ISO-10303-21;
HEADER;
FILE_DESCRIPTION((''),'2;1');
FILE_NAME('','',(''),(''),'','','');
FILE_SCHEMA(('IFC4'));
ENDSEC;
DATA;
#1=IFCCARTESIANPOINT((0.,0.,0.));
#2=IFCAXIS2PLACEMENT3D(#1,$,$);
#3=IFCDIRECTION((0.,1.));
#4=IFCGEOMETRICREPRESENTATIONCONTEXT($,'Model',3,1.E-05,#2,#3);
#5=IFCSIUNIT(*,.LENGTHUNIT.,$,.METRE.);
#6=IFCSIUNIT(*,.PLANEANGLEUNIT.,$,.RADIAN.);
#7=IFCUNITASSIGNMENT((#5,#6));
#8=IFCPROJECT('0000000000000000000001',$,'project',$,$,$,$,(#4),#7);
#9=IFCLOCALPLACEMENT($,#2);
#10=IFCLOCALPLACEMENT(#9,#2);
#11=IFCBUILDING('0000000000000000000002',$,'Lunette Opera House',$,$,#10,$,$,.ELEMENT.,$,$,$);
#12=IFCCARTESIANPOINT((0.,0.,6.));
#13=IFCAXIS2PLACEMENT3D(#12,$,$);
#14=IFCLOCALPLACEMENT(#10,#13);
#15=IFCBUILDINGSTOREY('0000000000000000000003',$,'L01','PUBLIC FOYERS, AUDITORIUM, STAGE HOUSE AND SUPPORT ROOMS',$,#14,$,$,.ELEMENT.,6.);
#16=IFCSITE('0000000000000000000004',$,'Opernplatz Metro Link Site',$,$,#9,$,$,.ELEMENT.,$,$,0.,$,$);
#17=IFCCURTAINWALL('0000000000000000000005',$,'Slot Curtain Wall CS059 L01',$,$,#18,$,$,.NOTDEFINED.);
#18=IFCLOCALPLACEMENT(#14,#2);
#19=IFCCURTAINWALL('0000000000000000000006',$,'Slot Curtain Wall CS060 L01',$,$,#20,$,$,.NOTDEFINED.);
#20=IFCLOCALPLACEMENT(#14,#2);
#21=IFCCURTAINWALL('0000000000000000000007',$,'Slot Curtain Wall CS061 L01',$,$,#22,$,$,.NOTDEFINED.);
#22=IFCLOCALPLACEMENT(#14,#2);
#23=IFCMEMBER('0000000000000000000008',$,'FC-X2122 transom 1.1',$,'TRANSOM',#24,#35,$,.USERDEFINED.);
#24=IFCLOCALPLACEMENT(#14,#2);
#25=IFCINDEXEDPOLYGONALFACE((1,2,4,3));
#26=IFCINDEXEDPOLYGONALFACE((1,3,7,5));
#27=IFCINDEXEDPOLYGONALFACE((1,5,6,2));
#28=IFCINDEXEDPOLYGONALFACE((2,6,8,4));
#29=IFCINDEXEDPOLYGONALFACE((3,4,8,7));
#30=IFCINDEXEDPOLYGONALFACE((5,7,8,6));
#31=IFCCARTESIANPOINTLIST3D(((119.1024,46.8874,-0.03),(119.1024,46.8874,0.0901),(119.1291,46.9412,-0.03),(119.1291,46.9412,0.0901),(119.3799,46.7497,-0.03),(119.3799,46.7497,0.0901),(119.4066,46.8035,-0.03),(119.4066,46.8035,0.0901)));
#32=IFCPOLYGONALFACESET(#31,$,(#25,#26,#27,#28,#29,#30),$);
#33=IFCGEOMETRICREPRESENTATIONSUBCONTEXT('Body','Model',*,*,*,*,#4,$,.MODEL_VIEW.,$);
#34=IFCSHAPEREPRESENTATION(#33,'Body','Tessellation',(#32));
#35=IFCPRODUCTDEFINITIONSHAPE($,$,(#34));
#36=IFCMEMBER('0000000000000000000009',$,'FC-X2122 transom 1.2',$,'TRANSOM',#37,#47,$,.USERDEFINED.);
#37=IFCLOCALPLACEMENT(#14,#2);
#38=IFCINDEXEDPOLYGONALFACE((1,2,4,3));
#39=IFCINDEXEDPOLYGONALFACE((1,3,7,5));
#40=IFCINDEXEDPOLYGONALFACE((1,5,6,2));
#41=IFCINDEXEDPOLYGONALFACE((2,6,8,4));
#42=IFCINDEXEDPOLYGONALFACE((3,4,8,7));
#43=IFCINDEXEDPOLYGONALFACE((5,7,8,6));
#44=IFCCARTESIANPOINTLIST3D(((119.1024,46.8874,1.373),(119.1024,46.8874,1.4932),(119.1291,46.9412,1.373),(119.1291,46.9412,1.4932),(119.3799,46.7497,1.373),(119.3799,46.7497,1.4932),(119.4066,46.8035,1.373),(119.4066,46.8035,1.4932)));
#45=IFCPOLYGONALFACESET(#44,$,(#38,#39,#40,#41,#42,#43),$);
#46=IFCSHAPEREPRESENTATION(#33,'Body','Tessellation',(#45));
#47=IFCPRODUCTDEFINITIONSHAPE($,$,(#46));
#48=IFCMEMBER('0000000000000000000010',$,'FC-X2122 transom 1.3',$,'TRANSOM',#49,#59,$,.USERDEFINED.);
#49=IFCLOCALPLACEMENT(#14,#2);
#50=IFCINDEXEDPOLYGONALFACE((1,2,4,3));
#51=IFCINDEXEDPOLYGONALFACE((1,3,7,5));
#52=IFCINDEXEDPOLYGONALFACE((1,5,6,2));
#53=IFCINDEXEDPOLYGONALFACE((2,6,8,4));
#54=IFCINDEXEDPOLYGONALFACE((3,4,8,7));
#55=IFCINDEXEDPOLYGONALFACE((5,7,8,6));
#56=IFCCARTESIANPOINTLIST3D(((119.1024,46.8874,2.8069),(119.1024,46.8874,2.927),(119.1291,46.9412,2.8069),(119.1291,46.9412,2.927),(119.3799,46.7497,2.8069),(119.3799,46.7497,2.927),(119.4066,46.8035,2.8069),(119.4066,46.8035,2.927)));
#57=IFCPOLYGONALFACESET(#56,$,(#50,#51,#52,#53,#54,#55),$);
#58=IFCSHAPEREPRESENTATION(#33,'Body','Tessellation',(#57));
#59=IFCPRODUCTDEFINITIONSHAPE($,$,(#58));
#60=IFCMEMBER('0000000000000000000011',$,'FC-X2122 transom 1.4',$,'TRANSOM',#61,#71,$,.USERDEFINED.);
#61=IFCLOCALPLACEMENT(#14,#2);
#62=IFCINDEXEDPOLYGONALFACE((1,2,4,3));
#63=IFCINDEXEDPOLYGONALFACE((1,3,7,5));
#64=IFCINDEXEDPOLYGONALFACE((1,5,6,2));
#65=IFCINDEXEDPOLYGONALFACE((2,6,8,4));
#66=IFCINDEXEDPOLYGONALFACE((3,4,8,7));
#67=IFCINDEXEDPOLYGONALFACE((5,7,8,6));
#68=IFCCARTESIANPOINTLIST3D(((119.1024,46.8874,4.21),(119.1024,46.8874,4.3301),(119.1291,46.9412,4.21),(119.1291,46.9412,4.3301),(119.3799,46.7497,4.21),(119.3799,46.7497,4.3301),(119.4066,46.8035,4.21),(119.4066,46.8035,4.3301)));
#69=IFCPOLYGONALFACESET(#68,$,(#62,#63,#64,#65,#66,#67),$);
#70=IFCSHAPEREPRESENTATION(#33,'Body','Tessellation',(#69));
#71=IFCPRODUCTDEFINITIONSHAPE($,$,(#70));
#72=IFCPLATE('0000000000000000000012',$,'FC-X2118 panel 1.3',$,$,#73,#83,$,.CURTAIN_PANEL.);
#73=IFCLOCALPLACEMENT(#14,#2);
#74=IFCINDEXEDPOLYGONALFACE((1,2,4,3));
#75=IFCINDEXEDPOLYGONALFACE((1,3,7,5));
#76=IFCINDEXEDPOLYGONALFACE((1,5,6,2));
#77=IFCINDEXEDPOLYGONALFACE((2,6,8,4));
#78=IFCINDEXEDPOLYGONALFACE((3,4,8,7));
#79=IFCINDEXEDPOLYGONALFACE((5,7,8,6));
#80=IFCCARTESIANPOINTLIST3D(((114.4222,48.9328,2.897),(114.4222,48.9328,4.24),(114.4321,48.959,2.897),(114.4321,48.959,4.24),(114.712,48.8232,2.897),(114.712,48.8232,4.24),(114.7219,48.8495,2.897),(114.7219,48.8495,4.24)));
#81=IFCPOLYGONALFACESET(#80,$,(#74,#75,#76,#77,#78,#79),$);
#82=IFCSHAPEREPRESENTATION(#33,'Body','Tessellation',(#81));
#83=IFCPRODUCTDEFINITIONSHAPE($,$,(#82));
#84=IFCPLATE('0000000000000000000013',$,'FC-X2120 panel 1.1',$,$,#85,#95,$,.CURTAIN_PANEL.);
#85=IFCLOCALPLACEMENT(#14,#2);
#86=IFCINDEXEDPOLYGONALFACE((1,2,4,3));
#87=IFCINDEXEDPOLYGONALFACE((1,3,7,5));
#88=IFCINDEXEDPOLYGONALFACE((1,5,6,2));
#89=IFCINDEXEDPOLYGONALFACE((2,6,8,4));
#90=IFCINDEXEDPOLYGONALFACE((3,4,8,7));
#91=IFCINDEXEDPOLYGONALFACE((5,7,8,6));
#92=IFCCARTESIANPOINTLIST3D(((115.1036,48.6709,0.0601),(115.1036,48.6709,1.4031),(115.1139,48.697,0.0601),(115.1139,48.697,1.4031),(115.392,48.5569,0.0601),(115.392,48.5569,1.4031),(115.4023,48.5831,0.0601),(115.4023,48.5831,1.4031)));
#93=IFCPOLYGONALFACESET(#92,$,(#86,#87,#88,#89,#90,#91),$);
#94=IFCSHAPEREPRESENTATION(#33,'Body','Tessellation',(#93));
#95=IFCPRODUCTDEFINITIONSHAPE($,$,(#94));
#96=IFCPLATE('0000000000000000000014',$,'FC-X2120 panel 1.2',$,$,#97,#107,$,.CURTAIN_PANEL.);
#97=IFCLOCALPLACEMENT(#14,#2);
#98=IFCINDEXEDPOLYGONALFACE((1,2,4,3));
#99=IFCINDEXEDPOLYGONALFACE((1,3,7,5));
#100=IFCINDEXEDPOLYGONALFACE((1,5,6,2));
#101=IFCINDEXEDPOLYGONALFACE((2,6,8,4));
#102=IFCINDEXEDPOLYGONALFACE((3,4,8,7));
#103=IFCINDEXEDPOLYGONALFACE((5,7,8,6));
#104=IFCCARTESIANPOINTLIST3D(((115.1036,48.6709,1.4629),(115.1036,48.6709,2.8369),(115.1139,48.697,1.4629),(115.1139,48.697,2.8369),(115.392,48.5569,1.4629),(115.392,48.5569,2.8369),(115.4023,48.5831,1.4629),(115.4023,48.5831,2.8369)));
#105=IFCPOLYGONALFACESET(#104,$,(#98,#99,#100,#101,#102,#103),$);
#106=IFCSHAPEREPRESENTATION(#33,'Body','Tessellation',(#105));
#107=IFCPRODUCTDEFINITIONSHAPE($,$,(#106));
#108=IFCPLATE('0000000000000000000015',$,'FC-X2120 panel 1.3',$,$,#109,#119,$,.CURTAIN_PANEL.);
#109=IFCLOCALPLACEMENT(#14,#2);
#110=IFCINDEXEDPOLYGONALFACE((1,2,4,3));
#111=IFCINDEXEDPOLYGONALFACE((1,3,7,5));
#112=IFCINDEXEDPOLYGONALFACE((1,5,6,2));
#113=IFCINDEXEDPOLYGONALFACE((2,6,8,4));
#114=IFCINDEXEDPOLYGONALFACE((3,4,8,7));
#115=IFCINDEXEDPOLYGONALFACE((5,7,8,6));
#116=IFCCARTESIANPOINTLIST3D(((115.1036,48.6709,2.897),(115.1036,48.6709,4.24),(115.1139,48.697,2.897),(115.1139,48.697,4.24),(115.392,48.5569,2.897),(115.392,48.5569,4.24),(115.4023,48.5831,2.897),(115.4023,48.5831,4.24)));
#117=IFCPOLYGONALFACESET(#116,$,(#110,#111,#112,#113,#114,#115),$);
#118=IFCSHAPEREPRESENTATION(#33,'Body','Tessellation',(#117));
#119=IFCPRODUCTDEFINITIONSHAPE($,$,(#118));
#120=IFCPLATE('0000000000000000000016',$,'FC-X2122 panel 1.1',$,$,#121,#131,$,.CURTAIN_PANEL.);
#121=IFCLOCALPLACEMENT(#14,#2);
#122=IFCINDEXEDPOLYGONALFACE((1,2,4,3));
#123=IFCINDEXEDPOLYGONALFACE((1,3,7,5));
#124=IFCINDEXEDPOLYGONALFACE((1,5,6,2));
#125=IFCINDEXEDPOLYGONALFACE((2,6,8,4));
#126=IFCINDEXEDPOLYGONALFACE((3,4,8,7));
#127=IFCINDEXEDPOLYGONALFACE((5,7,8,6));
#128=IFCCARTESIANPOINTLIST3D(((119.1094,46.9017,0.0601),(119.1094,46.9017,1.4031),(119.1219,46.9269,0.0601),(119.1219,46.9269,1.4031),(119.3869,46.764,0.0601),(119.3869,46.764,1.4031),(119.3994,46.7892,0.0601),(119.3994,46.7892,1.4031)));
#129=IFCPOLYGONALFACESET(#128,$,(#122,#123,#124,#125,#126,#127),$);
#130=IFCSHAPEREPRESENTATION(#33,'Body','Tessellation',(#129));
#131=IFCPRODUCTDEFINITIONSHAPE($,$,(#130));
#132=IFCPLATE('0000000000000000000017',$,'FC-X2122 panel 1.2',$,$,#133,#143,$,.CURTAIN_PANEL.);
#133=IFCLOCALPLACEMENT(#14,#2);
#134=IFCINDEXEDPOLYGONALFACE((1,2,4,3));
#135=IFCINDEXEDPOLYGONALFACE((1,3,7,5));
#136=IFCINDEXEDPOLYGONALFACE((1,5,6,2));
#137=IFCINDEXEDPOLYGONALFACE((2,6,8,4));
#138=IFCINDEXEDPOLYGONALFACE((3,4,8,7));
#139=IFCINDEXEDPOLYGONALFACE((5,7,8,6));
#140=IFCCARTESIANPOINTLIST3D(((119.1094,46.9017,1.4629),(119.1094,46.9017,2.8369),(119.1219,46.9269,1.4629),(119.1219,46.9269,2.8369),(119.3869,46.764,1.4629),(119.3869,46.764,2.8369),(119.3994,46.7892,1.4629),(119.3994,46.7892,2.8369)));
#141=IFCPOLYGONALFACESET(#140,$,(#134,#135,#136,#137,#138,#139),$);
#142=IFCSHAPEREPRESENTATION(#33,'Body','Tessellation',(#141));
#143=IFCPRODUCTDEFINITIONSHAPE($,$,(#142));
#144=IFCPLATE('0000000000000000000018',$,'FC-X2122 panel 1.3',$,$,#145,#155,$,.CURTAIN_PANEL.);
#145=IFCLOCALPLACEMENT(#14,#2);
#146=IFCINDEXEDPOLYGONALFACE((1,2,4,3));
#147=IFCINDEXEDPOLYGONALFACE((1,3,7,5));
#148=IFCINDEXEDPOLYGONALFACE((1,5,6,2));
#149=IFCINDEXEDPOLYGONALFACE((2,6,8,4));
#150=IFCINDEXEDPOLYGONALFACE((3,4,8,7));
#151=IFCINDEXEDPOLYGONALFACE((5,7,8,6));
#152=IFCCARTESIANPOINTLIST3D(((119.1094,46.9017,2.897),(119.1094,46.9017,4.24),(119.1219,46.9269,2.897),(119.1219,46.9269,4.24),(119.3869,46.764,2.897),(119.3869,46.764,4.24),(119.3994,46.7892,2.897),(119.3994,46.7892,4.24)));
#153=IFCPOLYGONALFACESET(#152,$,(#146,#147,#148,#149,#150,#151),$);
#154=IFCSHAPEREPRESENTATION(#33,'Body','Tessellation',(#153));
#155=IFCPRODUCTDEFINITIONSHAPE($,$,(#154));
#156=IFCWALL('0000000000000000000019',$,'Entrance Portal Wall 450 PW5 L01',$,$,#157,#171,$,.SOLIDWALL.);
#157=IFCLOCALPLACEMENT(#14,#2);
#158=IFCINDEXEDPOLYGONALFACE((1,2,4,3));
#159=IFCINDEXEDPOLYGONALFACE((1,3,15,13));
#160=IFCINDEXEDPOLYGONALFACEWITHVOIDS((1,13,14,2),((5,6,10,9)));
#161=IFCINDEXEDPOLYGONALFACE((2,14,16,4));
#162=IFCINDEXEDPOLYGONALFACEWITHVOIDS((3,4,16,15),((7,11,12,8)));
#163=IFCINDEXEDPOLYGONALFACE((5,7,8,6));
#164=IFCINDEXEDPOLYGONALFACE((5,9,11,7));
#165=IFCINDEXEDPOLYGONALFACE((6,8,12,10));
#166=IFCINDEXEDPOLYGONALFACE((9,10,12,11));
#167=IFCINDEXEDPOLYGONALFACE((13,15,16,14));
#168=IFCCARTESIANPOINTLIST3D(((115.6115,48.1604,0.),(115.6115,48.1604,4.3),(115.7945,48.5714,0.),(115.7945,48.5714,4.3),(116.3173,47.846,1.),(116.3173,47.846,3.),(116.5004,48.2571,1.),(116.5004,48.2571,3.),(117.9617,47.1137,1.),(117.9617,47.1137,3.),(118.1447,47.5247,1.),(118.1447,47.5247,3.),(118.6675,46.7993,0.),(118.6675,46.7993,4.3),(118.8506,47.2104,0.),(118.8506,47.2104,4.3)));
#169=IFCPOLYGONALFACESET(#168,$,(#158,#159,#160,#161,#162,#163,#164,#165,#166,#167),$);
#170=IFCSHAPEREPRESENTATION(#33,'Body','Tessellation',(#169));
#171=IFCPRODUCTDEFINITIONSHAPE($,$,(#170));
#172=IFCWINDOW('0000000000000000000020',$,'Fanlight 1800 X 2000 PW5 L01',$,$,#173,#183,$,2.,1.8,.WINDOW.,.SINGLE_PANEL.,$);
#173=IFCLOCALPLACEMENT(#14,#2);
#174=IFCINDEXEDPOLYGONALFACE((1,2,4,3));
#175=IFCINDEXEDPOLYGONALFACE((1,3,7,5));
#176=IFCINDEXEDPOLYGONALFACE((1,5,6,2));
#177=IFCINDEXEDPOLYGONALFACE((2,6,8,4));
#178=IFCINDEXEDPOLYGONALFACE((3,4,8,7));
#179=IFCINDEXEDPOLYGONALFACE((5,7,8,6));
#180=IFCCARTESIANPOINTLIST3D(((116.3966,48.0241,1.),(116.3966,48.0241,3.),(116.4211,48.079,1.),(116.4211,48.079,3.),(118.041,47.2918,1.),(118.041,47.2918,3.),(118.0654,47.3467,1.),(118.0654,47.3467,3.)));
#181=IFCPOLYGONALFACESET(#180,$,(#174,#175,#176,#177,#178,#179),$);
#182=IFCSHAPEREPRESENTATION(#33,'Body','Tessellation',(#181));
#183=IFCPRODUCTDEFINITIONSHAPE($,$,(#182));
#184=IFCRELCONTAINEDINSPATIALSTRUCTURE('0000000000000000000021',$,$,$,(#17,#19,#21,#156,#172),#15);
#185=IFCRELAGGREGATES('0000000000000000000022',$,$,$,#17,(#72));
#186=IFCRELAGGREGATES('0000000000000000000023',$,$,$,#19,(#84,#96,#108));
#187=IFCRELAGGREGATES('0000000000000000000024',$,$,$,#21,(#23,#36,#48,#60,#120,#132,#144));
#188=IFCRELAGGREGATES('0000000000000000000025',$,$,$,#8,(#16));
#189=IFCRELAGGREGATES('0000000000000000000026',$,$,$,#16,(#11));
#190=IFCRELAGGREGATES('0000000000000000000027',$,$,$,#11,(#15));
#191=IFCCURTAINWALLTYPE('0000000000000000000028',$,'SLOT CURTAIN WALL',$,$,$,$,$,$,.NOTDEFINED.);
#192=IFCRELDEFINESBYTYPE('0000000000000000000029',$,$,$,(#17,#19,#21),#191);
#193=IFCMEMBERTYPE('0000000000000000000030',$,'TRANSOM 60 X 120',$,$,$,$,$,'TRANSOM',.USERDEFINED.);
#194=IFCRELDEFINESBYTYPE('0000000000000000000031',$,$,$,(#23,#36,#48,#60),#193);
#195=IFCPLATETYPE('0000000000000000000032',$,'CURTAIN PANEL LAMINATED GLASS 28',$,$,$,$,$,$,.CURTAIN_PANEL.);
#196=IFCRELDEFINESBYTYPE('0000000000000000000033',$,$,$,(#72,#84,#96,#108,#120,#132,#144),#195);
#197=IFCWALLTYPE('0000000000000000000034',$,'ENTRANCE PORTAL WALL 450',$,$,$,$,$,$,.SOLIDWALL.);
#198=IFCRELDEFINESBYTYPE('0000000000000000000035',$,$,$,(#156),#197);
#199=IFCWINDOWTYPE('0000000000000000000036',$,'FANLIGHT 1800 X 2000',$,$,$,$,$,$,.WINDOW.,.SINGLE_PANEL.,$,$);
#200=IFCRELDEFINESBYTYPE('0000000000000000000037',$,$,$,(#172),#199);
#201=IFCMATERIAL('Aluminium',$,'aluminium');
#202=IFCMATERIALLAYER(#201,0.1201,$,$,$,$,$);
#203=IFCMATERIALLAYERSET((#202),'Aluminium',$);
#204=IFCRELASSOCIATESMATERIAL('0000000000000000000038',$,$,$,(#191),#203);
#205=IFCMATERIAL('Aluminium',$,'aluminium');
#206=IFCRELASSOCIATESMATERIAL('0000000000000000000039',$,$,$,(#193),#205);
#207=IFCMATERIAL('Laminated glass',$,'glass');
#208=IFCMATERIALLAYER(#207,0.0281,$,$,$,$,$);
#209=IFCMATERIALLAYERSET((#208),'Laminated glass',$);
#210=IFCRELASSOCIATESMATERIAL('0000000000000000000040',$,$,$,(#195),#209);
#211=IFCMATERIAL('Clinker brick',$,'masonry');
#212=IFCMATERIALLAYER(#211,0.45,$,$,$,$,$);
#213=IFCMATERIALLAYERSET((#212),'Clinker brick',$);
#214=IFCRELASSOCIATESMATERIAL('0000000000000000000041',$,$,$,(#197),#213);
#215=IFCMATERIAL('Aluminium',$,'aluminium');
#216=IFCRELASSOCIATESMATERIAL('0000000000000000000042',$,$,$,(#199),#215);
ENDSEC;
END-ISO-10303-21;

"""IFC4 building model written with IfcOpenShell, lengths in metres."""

from ifc_helpers import new_model, si_unit, direction, frame, frame_2d, origin, origin_2d, place, context, subcontext, project, spatial, rectangle, extrude, material, layer, layer_set, material_profile, profile_set, type_object, element, fill, aggregate, save


model = new_model("IFC4")

# Units and contexts
model_context = context("Model", 3, precision=1e-05, world=origin(), true_north=direction((0.0, 1.0)))
body_context = subcontext(model_context, "Body", "Model", "MODEL_VIEW")
ifc_project = project(units=[si_unit("LENGTHUNIT", "METRE"), si_unit("PLANEANGLEUNIT", "RADIAN")], contexts=[model_context])

# Site, building, storey
site_placement = place(None, origin())
site = spatial("IfcSite", under=ifc_project, at=site_placement, Name="Opernplatz Metro Link Site", CompositionType="ELEMENT", RefElevation=0.0)
building_placement = place(site_placement, origin())
building = spatial("IfcBuilding", under=site, at=building_placement, Name="Lunette Opera House", CompositionType="ELEMENT")
storey_placement = place(building_placement, frame((0.0, 0.0, 6.0)))
storey = spatial("IfcBuildingStorey", under=building, at=storey_placement, Name="L01", Description="PUBLIC FOYERS, AUDITORIUM, STAGE HOUSE AND SUPPORT ROOMS", CompositionType="ELEMENT", Elevation=6.0)

# Curtain wall
ifc_material_1 = material(Name="Aluminium", Category="aluminium")
ifc_layer_1 = layer(ifc_material_1, 0.1201)
ifc_layer_set_1 = layer_set([ifc_layer_1], Name="Aluminium")
curtain_wall_type = type_object("IfcCurtainWallType", Name="SLOT CURTAIN WALL", PredefinedType="NOTDEFINED", material=ifc_layer_set_1)
curtain_wall_1_placement = place(storey_placement, origin())
curtain_wall_1 = element("IfcCurtainWall", 1, at=curtain_wall_1_placement, inside=storey, type_object=curtain_wall_type, Name="Slot Curtain Wall CS059 L01", PredefinedType="NOTDEFINED")

# Curtain walls
curtain_wall_2_placement = place(storey_placement, origin())
curtain_wall_2 = element("IfcCurtainWall", 2, at=curtain_wall_2_placement, inside=storey, type_object=curtain_wall_type, Name="Slot Curtain Wall CS060 L01", PredefinedType="NOTDEFINED")
curtain_wall_3_placement = place(storey_placement, origin())
curtain_wall_3 = element("IfcCurtainWall", 3, at=curtain_wall_3_placement, inside=storey, type_object=curtain_wall_type, Name="Slot Curtain Wall CS061 L01", PredefinedType="NOTDEFINED")

# Members
ifc_material_2 = material(Name="Aluminium", Category="aluminium")
ifc_material_profile_1 = material_profile(ifc_material_2, rectangle(XDim=0.0601, YDim=0.1201, at=origin_2d()), Name="TRANSOM 60 X 120")
ifc_profile_set_1 = profile_set([ifc_material_profile_1], Name="Aluminium")
member_type_1 = type_object("IfcMemberType", Name="TRANSOM 60 X 120", ElementType="TRANSOM", PredefinedType="USERDEFINED", material=ifc_profile_set_1)
member_1_placement = place(storey_placement, frame((119.1157, 46.9143, 0.03), z_axis=(0.895841, -0.444375, 0.0), x_axis=(0.444375, 0.895841, 0.0)))
member_1 = element("IfcMember", 4, at=member_1_placement, type_object=member_type_1, Name="FC-X2122 transom 1.1", ObjectType="TRANSOM", PredefinedType="USERDEFINED", context=body_context, shape_type="SweptSolid", body=[
    extrude(rectangle(XDim=0.0601, YDim=0.1201, at=origin_2d()), origin(), (0.0, 0.0, 1.0), 0.3098),
])
member_2_placement = place(storey_placement, frame((119.1157, 46.9143, 1.4331), z_axis=(0.895841, -0.444375, 0.0), x_axis=(0.444375, 0.895841, 0.0)))
member_2 = element("IfcMember", 5, at=member_2_placement, type_object=member_type_1, Name="FC-X2122 transom 1.2", ObjectType="TRANSOM", PredefinedType="USERDEFINED", context=body_context, shape_type="SweptSolid", body=[
    extrude(rectangle(XDim=0.0601, YDim=0.1201, at=origin_2d()), origin(), (0.0, 0.0, 1.0), 0.3098),
])
member_3_placement = place(storey_placement, frame((119.1157, 46.9143, 2.8669), z_axis=(0.895841, -0.444375, 0.0), x_axis=(0.444375, 0.895841, 0.0)))
member_3 = element("IfcMember", 6, at=member_3_placement, type_object=member_type_1, Name="FC-X2122 transom 1.3", ObjectType="TRANSOM", PredefinedType="USERDEFINED", context=body_context, shape_type="SweptSolid", body=[
    extrude(rectangle(XDim=0.0601, YDim=0.1201, at=origin_2d()), origin(), (0.0, 0.0, 1.0), 0.3098),
])
member_4_placement = place(storey_placement, frame((119.1157, 46.9143, 4.27), z_axis=(0.895841, -0.444375, 0.0), x_axis=(0.444375, 0.895841, 0.0)))
member_4 = element("IfcMember", 7, at=member_4_placement, type_object=member_type_1, Name="FC-X2122 transom 1.4", ObjectType="TRANSOM", PredefinedType="USERDEFINED", context=body_context, shape_type="SweptSolid", body=[
    extrude(rectangle(XDim=0.0601, YDim=0.1201, at=origin_2d()), origin(), (0.0, 0.0, 1.0), 0.3098),
])

# Plates
ifc_material_3 = material(Name="Laminated glass", Category="glass")
ifc_layer_2 = layer(ifc_material_3, 0.0281)
ifc_layer_set_2 = layer_set([ifc_layer_2], Name="Laminated glass")
plate_type = type_object("IfcPlateType", Name="CURTAIN PANEL LAMINATED GLASS 28", PredefinedType="CURTAIN_PANEL", material=ifc_layer_set_2)
plate_1_placement = place(storey_placement, frame((114.572, 48.8911, 2.897), z_axis=(0.0, 0.0, 1.0), x_axis=(0.935369, -0.353672, 0.0)))
plate_1 = element("IfcPlate", 8, at=plate_1_placement, type_object=plate_type, Name="FC-X2118 panel 1.3", PredefinedType="CURTAIN_PANEL", context=body_context, shape_type="SweptSolid", body=[
    extrude(rectangle(XDim=0.3098, YDim=0.0281, at=origin_2d()), origin(), (0.0, 0.0, 1.0), 1.343),
])
aggregate(curtain_wall_1, [plate_1])
plate_2_placement = place(storey_placement, frame((115.2529, 48.627, 0.0601), z_axis=(0.0, 0.0, 1.0), x_axis=(0.930072, -0.367378, 0.0)))
plate_2 = element("IfcPlate", 9, at=plate_2_placement, type_object=plate_type, Name="FC-X2120 panel 1.1", PredefinedType="CURTAIN_PANEL", context=body_context, shape_type="SweptSolid", body=[
    extrude(rectangle(XDim=0.3101, YDim=0.0281, at=origin_2d()), origin(), (0.0, 0.0, 1.0), 1.343),
])
plate_3_placement = place(storey_placement, frame((115.2529, 48.627, 1.4629), z_axis=(0.0, 0.0, 1.0), x_axis=(0.930072, -0.367378, 0.0)))
plate_3 = element("IfcPlate", 10, at=plate_3_placement, type_object=plate_type, Name="FC-X2120 panel 1.2", PredefinedType="CURTAIN_PANEL", context=body_context, shape_type="SweptSolid", body=[
    extrude(rectangle(XDim=0.3101, YDim=0.0281, at=origin_2d()), origin(), (0.0, 0.0, 1.0), 1.374),
])
plate_4_placement = place(storey_placement, frame((115.2529, 48.627, 2.897), z_axis=(0.0, 0.0, 1.0), x_axis=(0.930072, -0.367378, 0.0)))
plate_4 = element("IfcPlate", 11, at=plate_4_placement, type_object=plate_type, Name="FC-X2120 panel 1.3", PredefinedType="CURTAIN_PANEL", context=body_context, shape_type="SweptSolid", body=[
    extrude(rectangle(XDim=0.3101, YDim=0.0281, at=origin_2d()), origin(), (0.0, 0.0, 1.0), 1.343),
])
aggregate(curtain_wall_2, [plate_2, plate_3, plate_4])
plate_5_placement = place(storey_placement, frame((119.2544, 46.8455, 0.0601), z_axis=(0.0, 0.0, 1.0), x_axis=(0.895819, -0.444419, 0.0)))
plate_5 = element("IfcPlate", 12, at=plate_5_placement, type_object=plate_type, Name="FC-X2122 panel 1.1", PredefinedType="CURTAIN_PANEL", context=body_context, shape_type="SweptSolid", body=[
    extrude(rectangle(XDim=0.3098, YDim=0.0281, at=origin_2d()), origin(), (0.0, 0.0, 1.0), 1.343),
])
plate_6_placement = place(storey_placement, frame((119.2544, 46.8455, 1.4629), z_axis=(0.0, 0.0, 1.0), x_axis=(0.895819, -0.444419, 0.0)))
plate_6 = element("IfcPlate", 13, at=plate_6_placement, type_object=plate_type, Name="FC-X2122 panel 1.2", PredefinedType="CURTAIN_PANEL", context=body_context, shape_type="SweptSolid", body=[
    extrude(rectangle(XDim=0.3098, YDim=0.0281, at=origin_2d()), origin(), (0.0, 0.0, 1.0), 1.374),
])
plate_7_placement = place(storey_placement, frame((119.2544, 46.8455, 2.897), z_axis=(0.0, 0.0, 1.0), x_axis=(0.895819, -0.444419, 0.0)))
plate_7 = element("IfcPlate", 14, at=plate_7_placement, type_object=plate_type, Name="FC-X2122 panel 1.3", PredefinedType="CURTAIN_PANEL", context=body_context, shape_type="SweptSolid", body=[
    extrude(rectangle(XDim=0.3098, YDim=0.0281, at=origin_2d()), origin(), (0.0, 0.0, 1.0), 1.343),
])
aggregate(curtain_wall_3, [member_1, member_2, member_3, member_4, plate_5, plate_6, plate_7])

# Wall, opening, window
ifc_material_4 = material(Name="Clinker brick", Category="masonry")
ifc_layer_3 = layer(ifc_material_4, 0.45)
ifc_layer_set_3 = layer_set([ifc_layer_3], Name="Clinker brick")
wall_type_1 = type_object("IfcWallType", Name="ENTRANCE PORTAL WALL 450", PredefinedType="SOLIDWALL", material=ifc_layer_set_3)
wall_1_placement = place(storey_placement, frame((115.7029, 48.366, 0.0), z_axis=(0.0, 0.0, 1.0), x_axis=(0.913501, -0.406836, 0.0)))
wall_1 = element("IfcWall", 15, at=wall_1_placement, inside=storey, type_object=wall_type_1, Name="Entrance Portal Wall 450 PW5 L01", PredefinedType="SOLIDWALL", context=body_context, shape_type="SweptSolid", body=[
    extrude(rectangle(XDim=3.3455, YDim=0.45, at=frame_2d((1.6729, 0.0))), origin(), (0.0, 0.0, 1.0), 4.3),
])
opening_placement = place(wall_1_placement, frame((0.7729, 0.0, 1.0)))
opening = element("IfcOpeningElement", 16, at=opening_placement, cuts=wall_1, PredefinedType="OPENING", context=body_context, shape_type="SweptSolid", body=[
    extrude(rectangle(XDim=1.8, YDim=2.0, at=frame_2d((0.8999, 1.0))), frame((0.0, 0.2371, 0.0), z_axis=(0.0, -1.0, 0.0), x_axis=(1.0, 0.0, 0.0)), (0.0, 0.0, 1.0), 0.4739),
])
ifc_material_5 = material(Name="Aluminium", Category="aluminium")
window_type = type_object("IfcWindowType", Name="FANLIGHT 1800 X 2000", PartitioningType="SINGLE_PANEL", PredefinedType="WINDOW", material=ifc_material_5)
window_placement = place(opening_placement, origin())
window = element("IfcWindow", 17, at=window_placement, inside=storey, type_object=window_type, Name="Fanlight 1800 X 2000 PW5 L01", OverallHeight=2.0, OverallWidth=1.8, PartitioningType="SINGLE_PANEL", PredefinedType="WINDOW", context=body_context, shape_type="SweptSolid", body=[
    extrude(rectangle(XDim=1.8, YDim=2.0, at=frame_2d((0.8999, 1.0))), frame((0.0, 0.03, 0.0), z_axis=(0.0, -1.0, 0.0), x_axis=(1.0, 0.0, 0.0)), (0.0, 0.0, 1.0), 0.0601),
])
fill(opening, window)

save(model, "model.ifc")
